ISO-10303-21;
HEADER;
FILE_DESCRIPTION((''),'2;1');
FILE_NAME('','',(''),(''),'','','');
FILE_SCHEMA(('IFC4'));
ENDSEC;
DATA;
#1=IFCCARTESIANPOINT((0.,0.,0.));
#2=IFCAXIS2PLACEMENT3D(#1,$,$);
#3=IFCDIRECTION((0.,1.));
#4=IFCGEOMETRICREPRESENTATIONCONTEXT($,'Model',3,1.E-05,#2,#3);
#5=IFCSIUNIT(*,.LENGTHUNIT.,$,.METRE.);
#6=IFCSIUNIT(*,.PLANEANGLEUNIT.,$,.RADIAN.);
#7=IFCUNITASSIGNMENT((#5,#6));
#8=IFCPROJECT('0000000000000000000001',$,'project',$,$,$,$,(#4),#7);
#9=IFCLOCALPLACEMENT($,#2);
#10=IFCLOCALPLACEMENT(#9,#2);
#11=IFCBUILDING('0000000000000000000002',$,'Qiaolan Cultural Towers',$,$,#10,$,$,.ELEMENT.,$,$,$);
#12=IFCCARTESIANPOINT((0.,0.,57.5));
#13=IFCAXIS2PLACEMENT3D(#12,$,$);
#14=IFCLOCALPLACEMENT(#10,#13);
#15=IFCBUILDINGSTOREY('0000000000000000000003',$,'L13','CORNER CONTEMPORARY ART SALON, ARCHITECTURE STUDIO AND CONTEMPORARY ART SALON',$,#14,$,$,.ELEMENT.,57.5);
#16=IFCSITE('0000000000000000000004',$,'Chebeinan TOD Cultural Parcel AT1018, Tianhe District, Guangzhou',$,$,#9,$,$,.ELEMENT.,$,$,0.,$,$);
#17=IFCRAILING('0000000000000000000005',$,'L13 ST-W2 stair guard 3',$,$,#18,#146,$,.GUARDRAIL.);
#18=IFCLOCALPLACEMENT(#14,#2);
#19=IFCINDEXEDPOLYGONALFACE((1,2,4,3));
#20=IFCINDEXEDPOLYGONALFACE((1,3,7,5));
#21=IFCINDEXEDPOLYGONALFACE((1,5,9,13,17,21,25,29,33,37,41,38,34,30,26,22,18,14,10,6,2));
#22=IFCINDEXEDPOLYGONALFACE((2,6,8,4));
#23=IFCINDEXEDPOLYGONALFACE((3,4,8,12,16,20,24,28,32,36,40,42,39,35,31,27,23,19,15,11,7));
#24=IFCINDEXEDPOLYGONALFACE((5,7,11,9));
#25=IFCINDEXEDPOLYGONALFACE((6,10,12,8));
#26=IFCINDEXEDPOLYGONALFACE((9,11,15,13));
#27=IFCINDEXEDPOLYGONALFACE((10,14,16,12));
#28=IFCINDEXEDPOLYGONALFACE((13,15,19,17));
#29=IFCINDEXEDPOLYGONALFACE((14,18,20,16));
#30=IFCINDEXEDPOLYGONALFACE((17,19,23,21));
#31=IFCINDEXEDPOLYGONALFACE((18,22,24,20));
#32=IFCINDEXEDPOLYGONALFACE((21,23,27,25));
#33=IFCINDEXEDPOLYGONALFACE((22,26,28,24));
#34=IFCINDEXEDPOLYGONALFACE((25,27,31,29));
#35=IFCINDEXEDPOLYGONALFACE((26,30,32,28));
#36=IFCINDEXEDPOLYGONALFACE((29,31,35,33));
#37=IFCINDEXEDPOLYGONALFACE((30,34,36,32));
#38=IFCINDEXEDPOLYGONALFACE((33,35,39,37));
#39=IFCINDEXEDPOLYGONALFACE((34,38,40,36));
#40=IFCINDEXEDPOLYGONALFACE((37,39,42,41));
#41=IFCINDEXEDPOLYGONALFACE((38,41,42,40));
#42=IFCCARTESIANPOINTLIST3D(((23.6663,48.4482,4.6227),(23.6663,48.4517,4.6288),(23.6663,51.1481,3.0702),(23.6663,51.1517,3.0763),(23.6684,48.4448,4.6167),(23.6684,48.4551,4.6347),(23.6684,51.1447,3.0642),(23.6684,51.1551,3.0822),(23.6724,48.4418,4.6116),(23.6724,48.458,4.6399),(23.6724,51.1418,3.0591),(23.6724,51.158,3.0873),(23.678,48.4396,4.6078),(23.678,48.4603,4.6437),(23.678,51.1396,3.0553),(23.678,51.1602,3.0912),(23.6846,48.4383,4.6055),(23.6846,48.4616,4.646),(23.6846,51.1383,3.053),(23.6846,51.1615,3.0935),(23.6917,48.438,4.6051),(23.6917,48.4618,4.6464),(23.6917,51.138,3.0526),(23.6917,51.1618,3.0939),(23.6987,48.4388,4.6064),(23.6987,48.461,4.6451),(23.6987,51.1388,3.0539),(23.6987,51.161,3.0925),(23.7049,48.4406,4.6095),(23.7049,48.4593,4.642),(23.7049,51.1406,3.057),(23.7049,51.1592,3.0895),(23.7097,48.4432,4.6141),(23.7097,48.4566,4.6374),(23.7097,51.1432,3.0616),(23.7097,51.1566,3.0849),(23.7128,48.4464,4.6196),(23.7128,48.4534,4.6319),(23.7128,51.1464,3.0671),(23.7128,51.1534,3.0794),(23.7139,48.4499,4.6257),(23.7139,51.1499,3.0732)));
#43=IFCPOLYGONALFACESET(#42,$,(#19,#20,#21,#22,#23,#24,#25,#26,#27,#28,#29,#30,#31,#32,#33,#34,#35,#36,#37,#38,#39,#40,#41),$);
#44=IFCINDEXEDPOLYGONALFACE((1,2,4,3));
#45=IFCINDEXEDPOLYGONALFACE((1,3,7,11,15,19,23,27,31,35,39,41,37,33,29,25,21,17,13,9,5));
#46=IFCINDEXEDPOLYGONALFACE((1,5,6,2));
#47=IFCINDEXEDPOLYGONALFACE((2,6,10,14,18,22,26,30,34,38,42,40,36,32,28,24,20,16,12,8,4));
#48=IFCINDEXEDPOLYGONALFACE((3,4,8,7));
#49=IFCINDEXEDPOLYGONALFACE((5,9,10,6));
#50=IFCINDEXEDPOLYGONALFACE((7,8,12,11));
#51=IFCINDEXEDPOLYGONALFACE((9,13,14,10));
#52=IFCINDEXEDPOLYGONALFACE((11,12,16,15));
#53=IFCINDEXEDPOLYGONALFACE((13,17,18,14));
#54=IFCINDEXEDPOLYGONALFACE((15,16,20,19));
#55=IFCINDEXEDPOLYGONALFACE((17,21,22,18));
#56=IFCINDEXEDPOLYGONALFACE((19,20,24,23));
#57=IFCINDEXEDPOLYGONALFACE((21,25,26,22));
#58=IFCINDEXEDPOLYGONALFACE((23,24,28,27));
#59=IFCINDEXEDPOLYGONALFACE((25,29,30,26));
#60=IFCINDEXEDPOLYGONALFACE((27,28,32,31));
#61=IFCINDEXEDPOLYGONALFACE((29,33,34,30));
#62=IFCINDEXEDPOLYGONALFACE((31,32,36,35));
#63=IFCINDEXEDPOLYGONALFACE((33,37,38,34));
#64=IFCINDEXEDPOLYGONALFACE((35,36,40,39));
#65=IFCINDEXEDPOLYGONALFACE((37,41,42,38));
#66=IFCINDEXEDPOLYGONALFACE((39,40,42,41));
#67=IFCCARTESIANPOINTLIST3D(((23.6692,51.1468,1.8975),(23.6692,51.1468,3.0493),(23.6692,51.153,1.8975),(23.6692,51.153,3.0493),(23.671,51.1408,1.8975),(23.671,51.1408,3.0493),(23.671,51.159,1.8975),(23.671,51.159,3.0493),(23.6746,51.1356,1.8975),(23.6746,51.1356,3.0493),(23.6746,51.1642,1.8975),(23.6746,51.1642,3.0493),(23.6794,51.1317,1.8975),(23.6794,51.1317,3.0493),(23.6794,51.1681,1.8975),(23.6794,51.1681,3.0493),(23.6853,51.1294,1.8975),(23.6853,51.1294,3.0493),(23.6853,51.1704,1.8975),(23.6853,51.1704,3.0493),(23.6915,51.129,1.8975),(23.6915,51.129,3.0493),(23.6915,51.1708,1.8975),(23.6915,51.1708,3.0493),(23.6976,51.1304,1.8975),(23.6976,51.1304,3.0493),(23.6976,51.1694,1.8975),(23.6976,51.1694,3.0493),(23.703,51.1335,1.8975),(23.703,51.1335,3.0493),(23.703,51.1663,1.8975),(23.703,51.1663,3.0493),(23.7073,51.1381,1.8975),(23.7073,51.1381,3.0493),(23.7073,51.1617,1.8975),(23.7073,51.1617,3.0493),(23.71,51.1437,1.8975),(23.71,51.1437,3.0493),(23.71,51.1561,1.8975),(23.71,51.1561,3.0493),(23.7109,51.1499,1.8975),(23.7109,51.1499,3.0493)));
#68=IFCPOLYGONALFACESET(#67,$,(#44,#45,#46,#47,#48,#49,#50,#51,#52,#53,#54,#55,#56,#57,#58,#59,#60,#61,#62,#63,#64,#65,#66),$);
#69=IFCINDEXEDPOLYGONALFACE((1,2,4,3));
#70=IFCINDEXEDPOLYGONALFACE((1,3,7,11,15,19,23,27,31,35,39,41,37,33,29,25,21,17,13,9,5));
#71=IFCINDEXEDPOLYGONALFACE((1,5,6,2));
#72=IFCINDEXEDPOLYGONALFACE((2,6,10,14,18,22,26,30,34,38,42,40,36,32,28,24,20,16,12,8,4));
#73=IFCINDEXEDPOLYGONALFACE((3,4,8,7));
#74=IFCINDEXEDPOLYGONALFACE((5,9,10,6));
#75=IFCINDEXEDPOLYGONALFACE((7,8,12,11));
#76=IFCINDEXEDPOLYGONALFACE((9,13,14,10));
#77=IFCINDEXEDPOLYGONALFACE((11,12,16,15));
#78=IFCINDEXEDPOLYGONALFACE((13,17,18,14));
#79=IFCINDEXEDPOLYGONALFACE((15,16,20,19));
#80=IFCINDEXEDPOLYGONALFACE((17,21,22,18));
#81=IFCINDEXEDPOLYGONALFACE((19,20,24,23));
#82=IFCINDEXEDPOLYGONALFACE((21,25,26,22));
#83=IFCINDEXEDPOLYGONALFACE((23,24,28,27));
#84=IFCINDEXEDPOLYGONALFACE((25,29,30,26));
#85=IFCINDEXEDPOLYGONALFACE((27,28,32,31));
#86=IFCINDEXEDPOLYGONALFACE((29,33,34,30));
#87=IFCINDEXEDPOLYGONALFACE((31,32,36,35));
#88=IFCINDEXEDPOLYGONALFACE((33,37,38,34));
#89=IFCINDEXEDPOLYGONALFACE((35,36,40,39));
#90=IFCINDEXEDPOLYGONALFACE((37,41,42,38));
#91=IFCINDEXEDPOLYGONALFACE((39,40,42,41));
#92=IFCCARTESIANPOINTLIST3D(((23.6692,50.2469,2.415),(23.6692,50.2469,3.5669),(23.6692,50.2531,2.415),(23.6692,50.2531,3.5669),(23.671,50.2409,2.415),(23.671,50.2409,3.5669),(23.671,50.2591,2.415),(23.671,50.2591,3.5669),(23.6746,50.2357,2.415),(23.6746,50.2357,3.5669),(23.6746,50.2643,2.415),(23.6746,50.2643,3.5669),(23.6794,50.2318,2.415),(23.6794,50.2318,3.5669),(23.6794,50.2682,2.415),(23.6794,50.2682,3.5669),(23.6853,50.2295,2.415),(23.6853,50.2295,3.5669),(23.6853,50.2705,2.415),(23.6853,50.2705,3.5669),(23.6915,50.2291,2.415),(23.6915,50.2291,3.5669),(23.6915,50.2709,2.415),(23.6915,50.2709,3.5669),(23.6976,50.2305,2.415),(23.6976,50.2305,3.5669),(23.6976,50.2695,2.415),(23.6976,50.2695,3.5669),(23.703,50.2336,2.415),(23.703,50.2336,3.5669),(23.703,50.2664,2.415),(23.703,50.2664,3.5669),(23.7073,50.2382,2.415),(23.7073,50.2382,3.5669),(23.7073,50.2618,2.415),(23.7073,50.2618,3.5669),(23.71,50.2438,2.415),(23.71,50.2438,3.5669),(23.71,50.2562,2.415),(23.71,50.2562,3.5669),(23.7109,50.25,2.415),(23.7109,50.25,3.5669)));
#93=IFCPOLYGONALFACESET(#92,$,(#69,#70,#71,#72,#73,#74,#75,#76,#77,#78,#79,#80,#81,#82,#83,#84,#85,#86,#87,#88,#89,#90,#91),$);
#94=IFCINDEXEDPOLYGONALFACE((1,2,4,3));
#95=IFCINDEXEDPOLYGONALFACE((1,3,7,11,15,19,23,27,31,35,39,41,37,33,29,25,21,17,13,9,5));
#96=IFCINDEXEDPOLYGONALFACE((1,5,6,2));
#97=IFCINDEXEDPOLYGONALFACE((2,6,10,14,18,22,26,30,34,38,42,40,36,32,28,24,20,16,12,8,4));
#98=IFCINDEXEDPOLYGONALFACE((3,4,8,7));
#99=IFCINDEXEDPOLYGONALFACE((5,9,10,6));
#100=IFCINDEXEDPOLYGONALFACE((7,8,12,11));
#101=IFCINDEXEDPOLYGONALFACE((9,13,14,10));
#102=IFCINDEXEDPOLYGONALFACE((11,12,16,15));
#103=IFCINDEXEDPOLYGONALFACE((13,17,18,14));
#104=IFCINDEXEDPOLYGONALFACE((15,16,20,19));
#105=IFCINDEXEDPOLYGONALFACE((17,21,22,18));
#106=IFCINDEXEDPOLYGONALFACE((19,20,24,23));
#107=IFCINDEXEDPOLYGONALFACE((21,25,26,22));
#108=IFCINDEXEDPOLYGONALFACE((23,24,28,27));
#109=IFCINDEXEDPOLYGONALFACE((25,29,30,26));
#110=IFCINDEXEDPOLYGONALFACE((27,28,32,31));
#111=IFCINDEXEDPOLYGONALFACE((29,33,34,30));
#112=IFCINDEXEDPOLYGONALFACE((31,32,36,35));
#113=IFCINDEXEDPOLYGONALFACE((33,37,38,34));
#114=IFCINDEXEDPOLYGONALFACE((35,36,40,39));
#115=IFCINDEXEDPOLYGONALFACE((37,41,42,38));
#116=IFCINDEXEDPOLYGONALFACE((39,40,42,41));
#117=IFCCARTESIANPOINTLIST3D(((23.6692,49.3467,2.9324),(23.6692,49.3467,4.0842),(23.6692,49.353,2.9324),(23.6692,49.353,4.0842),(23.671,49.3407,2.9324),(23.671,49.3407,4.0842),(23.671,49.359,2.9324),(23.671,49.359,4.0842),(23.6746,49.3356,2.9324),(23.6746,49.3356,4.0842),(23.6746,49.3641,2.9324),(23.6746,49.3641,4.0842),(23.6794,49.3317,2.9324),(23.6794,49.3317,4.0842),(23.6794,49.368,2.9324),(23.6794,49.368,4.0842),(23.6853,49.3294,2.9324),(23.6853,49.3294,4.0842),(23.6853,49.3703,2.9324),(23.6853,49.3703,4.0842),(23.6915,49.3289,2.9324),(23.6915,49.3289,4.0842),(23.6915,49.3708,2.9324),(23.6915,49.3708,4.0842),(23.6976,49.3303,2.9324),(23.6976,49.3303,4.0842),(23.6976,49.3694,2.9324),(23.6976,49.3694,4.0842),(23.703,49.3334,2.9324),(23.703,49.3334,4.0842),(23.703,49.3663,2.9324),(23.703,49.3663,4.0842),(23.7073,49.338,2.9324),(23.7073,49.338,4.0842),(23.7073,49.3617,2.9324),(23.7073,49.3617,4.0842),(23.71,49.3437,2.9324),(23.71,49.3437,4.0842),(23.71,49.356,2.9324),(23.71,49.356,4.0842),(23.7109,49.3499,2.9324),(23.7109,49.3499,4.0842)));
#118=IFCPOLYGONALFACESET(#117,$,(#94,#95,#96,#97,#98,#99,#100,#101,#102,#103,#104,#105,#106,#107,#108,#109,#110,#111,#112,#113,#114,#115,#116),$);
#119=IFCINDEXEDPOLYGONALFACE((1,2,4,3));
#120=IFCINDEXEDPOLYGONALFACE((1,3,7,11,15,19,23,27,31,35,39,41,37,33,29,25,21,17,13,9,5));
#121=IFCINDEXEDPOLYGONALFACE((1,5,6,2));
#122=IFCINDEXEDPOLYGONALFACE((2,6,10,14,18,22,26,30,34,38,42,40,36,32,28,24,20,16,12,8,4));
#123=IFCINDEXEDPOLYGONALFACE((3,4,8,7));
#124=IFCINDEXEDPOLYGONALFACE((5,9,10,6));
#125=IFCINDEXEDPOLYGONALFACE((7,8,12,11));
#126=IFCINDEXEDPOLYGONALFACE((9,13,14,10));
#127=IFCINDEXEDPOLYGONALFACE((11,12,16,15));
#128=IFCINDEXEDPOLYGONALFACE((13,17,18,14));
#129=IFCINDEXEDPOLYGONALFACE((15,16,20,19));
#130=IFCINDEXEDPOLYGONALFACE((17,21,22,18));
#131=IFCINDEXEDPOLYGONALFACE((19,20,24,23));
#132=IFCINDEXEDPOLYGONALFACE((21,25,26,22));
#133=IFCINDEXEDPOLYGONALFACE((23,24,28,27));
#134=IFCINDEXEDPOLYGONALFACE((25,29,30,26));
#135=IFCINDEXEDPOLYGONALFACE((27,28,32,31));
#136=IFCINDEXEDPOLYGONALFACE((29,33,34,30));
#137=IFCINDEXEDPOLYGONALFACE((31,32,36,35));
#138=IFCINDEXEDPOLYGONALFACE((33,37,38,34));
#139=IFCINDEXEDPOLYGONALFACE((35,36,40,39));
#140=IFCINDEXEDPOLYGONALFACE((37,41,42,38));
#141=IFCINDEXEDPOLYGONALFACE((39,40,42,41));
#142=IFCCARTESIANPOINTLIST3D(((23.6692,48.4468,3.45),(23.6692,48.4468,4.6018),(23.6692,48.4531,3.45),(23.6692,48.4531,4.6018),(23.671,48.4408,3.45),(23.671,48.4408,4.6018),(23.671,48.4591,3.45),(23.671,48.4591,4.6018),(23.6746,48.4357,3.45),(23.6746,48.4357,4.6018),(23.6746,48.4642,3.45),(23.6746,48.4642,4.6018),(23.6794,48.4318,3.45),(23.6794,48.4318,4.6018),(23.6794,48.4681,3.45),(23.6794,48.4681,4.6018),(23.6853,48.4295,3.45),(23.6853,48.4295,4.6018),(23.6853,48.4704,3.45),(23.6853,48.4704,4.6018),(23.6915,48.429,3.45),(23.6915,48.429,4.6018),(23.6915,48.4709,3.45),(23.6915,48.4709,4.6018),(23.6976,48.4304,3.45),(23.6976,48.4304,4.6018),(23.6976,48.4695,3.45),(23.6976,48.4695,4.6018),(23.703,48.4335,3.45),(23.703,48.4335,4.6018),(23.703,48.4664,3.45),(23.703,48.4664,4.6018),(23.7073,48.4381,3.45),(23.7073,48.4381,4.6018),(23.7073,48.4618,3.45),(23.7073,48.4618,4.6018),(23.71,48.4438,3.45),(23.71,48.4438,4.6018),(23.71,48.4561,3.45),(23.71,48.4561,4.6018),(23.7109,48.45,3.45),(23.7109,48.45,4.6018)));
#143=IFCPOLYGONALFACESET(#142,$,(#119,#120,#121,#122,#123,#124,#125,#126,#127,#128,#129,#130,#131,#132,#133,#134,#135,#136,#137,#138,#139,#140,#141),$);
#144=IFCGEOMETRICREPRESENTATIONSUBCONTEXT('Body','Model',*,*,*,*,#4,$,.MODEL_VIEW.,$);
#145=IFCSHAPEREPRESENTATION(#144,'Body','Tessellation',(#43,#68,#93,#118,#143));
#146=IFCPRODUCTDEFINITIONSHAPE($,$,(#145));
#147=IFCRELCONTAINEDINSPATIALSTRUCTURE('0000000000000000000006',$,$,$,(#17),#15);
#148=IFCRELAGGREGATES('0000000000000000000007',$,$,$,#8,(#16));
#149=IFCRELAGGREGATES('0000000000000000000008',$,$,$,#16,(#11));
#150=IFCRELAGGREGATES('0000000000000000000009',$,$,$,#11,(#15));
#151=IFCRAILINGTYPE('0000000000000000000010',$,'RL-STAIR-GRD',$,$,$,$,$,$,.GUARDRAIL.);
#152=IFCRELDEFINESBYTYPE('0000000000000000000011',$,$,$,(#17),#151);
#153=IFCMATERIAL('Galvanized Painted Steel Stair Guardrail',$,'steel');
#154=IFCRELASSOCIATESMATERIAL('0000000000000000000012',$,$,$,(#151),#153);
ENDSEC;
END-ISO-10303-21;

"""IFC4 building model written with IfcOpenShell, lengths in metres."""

from ifc_helpers import new_model, si_unit, direction, frame, origin, origin_2d, place, context, subcontext, project, spatial, circle, extrude, material, type_object, element, save


model = new_model("IFC4")

# Units and contexts
model_context = context("Model", 3, precision=1e-05, world=origin(), true_north=direction((0.0, 1.0)))
body_context = subcontext(model_context, "Body", "Model", "MODEL_VIEW")
ifc_project = project(units=[si_unit("LENGTHUNIT", "METRE"), si_unit("PLANEANGLEUNIT", "RADIAN")], contexts=[model_context])

# Site, building, storey
site_placement = place(None, origin())
site = spatial("IfcSite", under=ifc_project, at=site_placement, Name="Chebeinan TOD Cultural Parcel AT1018, Tianhe District, Guangzhou", CompositionType="ELEMENT", RefElevation=0.0)
building_placement = place(site_placement, origin())
building = spatial("IfcBuilding", under=site, at=building_placement, Name="Qiaolan Cultural Towers", CompositionType="ELEMENT")
storey_placement = place(building_placement, frame((0.0, 0.0, 57.5)))
storey = spatial("IfcBuildingStorey", under=building, at=storey_placement, Name="L13", Description="CORNER CONTEMPORARY ART SALON, ARCHITECTURE STUDIO AND CONTEMPORARY ART SALON", CompositionType="ELEMENT", Elevation=57.5)

# Railing
ifc_material_1 = material(Name="Galvanized Painted Steel Stair Guardrail", Category="steel")
railing_type_1 = type_object("IfcRailingType", Name="RL-STAIR-GRD", PredefinedType="GUARDRAIL", material=ifc_material_1)
railing_1_placement = place(storey_placement, frame((23.6899, 51.1499, 1.8975)))
element("IfcRailing", 1, at=railing_1_placement, inside=storey, type_object=railing_type_1, Name="L13 ST-W2 stair guard 3", PredefinedType="GUARDRAIL", context=body_context, shape_type="SweptSolid", body=[
    extrude(circle(Radius=0.0239, at=origin_2d()), frame((0.0, 0.0, 1.1758), z_axis=(0.0, -0.866904, 0.498476), x_axis=(1.0, 0.0, 0.0)), (0.0, 0.0, 1.0), 3.1145),
    extrude(circle(Radius=0.021, at=origin_2d()), origin(), (0.0, 0.0, 1.0), 1.1519),
    extrude(circle(Radius=0.021, at=origin_2d()), frame((0.0, -0.8999, 0.5176)), (0.0, 0.0, 1.0), 1.1519),
    extrude(circle(Radius=0.021, at=origin_2d()), frame((0.0, -1.8, 1.0349)), (0.0, 0.0, 1.0), 1.1519),
    extrude(circle(Radius=0.021, at=origin_2d()), frame((0.0, -2.7, 1.5525)), (0.0, 0.0, 1.0), 1.1519),
])

save(model, "model.ifc")
